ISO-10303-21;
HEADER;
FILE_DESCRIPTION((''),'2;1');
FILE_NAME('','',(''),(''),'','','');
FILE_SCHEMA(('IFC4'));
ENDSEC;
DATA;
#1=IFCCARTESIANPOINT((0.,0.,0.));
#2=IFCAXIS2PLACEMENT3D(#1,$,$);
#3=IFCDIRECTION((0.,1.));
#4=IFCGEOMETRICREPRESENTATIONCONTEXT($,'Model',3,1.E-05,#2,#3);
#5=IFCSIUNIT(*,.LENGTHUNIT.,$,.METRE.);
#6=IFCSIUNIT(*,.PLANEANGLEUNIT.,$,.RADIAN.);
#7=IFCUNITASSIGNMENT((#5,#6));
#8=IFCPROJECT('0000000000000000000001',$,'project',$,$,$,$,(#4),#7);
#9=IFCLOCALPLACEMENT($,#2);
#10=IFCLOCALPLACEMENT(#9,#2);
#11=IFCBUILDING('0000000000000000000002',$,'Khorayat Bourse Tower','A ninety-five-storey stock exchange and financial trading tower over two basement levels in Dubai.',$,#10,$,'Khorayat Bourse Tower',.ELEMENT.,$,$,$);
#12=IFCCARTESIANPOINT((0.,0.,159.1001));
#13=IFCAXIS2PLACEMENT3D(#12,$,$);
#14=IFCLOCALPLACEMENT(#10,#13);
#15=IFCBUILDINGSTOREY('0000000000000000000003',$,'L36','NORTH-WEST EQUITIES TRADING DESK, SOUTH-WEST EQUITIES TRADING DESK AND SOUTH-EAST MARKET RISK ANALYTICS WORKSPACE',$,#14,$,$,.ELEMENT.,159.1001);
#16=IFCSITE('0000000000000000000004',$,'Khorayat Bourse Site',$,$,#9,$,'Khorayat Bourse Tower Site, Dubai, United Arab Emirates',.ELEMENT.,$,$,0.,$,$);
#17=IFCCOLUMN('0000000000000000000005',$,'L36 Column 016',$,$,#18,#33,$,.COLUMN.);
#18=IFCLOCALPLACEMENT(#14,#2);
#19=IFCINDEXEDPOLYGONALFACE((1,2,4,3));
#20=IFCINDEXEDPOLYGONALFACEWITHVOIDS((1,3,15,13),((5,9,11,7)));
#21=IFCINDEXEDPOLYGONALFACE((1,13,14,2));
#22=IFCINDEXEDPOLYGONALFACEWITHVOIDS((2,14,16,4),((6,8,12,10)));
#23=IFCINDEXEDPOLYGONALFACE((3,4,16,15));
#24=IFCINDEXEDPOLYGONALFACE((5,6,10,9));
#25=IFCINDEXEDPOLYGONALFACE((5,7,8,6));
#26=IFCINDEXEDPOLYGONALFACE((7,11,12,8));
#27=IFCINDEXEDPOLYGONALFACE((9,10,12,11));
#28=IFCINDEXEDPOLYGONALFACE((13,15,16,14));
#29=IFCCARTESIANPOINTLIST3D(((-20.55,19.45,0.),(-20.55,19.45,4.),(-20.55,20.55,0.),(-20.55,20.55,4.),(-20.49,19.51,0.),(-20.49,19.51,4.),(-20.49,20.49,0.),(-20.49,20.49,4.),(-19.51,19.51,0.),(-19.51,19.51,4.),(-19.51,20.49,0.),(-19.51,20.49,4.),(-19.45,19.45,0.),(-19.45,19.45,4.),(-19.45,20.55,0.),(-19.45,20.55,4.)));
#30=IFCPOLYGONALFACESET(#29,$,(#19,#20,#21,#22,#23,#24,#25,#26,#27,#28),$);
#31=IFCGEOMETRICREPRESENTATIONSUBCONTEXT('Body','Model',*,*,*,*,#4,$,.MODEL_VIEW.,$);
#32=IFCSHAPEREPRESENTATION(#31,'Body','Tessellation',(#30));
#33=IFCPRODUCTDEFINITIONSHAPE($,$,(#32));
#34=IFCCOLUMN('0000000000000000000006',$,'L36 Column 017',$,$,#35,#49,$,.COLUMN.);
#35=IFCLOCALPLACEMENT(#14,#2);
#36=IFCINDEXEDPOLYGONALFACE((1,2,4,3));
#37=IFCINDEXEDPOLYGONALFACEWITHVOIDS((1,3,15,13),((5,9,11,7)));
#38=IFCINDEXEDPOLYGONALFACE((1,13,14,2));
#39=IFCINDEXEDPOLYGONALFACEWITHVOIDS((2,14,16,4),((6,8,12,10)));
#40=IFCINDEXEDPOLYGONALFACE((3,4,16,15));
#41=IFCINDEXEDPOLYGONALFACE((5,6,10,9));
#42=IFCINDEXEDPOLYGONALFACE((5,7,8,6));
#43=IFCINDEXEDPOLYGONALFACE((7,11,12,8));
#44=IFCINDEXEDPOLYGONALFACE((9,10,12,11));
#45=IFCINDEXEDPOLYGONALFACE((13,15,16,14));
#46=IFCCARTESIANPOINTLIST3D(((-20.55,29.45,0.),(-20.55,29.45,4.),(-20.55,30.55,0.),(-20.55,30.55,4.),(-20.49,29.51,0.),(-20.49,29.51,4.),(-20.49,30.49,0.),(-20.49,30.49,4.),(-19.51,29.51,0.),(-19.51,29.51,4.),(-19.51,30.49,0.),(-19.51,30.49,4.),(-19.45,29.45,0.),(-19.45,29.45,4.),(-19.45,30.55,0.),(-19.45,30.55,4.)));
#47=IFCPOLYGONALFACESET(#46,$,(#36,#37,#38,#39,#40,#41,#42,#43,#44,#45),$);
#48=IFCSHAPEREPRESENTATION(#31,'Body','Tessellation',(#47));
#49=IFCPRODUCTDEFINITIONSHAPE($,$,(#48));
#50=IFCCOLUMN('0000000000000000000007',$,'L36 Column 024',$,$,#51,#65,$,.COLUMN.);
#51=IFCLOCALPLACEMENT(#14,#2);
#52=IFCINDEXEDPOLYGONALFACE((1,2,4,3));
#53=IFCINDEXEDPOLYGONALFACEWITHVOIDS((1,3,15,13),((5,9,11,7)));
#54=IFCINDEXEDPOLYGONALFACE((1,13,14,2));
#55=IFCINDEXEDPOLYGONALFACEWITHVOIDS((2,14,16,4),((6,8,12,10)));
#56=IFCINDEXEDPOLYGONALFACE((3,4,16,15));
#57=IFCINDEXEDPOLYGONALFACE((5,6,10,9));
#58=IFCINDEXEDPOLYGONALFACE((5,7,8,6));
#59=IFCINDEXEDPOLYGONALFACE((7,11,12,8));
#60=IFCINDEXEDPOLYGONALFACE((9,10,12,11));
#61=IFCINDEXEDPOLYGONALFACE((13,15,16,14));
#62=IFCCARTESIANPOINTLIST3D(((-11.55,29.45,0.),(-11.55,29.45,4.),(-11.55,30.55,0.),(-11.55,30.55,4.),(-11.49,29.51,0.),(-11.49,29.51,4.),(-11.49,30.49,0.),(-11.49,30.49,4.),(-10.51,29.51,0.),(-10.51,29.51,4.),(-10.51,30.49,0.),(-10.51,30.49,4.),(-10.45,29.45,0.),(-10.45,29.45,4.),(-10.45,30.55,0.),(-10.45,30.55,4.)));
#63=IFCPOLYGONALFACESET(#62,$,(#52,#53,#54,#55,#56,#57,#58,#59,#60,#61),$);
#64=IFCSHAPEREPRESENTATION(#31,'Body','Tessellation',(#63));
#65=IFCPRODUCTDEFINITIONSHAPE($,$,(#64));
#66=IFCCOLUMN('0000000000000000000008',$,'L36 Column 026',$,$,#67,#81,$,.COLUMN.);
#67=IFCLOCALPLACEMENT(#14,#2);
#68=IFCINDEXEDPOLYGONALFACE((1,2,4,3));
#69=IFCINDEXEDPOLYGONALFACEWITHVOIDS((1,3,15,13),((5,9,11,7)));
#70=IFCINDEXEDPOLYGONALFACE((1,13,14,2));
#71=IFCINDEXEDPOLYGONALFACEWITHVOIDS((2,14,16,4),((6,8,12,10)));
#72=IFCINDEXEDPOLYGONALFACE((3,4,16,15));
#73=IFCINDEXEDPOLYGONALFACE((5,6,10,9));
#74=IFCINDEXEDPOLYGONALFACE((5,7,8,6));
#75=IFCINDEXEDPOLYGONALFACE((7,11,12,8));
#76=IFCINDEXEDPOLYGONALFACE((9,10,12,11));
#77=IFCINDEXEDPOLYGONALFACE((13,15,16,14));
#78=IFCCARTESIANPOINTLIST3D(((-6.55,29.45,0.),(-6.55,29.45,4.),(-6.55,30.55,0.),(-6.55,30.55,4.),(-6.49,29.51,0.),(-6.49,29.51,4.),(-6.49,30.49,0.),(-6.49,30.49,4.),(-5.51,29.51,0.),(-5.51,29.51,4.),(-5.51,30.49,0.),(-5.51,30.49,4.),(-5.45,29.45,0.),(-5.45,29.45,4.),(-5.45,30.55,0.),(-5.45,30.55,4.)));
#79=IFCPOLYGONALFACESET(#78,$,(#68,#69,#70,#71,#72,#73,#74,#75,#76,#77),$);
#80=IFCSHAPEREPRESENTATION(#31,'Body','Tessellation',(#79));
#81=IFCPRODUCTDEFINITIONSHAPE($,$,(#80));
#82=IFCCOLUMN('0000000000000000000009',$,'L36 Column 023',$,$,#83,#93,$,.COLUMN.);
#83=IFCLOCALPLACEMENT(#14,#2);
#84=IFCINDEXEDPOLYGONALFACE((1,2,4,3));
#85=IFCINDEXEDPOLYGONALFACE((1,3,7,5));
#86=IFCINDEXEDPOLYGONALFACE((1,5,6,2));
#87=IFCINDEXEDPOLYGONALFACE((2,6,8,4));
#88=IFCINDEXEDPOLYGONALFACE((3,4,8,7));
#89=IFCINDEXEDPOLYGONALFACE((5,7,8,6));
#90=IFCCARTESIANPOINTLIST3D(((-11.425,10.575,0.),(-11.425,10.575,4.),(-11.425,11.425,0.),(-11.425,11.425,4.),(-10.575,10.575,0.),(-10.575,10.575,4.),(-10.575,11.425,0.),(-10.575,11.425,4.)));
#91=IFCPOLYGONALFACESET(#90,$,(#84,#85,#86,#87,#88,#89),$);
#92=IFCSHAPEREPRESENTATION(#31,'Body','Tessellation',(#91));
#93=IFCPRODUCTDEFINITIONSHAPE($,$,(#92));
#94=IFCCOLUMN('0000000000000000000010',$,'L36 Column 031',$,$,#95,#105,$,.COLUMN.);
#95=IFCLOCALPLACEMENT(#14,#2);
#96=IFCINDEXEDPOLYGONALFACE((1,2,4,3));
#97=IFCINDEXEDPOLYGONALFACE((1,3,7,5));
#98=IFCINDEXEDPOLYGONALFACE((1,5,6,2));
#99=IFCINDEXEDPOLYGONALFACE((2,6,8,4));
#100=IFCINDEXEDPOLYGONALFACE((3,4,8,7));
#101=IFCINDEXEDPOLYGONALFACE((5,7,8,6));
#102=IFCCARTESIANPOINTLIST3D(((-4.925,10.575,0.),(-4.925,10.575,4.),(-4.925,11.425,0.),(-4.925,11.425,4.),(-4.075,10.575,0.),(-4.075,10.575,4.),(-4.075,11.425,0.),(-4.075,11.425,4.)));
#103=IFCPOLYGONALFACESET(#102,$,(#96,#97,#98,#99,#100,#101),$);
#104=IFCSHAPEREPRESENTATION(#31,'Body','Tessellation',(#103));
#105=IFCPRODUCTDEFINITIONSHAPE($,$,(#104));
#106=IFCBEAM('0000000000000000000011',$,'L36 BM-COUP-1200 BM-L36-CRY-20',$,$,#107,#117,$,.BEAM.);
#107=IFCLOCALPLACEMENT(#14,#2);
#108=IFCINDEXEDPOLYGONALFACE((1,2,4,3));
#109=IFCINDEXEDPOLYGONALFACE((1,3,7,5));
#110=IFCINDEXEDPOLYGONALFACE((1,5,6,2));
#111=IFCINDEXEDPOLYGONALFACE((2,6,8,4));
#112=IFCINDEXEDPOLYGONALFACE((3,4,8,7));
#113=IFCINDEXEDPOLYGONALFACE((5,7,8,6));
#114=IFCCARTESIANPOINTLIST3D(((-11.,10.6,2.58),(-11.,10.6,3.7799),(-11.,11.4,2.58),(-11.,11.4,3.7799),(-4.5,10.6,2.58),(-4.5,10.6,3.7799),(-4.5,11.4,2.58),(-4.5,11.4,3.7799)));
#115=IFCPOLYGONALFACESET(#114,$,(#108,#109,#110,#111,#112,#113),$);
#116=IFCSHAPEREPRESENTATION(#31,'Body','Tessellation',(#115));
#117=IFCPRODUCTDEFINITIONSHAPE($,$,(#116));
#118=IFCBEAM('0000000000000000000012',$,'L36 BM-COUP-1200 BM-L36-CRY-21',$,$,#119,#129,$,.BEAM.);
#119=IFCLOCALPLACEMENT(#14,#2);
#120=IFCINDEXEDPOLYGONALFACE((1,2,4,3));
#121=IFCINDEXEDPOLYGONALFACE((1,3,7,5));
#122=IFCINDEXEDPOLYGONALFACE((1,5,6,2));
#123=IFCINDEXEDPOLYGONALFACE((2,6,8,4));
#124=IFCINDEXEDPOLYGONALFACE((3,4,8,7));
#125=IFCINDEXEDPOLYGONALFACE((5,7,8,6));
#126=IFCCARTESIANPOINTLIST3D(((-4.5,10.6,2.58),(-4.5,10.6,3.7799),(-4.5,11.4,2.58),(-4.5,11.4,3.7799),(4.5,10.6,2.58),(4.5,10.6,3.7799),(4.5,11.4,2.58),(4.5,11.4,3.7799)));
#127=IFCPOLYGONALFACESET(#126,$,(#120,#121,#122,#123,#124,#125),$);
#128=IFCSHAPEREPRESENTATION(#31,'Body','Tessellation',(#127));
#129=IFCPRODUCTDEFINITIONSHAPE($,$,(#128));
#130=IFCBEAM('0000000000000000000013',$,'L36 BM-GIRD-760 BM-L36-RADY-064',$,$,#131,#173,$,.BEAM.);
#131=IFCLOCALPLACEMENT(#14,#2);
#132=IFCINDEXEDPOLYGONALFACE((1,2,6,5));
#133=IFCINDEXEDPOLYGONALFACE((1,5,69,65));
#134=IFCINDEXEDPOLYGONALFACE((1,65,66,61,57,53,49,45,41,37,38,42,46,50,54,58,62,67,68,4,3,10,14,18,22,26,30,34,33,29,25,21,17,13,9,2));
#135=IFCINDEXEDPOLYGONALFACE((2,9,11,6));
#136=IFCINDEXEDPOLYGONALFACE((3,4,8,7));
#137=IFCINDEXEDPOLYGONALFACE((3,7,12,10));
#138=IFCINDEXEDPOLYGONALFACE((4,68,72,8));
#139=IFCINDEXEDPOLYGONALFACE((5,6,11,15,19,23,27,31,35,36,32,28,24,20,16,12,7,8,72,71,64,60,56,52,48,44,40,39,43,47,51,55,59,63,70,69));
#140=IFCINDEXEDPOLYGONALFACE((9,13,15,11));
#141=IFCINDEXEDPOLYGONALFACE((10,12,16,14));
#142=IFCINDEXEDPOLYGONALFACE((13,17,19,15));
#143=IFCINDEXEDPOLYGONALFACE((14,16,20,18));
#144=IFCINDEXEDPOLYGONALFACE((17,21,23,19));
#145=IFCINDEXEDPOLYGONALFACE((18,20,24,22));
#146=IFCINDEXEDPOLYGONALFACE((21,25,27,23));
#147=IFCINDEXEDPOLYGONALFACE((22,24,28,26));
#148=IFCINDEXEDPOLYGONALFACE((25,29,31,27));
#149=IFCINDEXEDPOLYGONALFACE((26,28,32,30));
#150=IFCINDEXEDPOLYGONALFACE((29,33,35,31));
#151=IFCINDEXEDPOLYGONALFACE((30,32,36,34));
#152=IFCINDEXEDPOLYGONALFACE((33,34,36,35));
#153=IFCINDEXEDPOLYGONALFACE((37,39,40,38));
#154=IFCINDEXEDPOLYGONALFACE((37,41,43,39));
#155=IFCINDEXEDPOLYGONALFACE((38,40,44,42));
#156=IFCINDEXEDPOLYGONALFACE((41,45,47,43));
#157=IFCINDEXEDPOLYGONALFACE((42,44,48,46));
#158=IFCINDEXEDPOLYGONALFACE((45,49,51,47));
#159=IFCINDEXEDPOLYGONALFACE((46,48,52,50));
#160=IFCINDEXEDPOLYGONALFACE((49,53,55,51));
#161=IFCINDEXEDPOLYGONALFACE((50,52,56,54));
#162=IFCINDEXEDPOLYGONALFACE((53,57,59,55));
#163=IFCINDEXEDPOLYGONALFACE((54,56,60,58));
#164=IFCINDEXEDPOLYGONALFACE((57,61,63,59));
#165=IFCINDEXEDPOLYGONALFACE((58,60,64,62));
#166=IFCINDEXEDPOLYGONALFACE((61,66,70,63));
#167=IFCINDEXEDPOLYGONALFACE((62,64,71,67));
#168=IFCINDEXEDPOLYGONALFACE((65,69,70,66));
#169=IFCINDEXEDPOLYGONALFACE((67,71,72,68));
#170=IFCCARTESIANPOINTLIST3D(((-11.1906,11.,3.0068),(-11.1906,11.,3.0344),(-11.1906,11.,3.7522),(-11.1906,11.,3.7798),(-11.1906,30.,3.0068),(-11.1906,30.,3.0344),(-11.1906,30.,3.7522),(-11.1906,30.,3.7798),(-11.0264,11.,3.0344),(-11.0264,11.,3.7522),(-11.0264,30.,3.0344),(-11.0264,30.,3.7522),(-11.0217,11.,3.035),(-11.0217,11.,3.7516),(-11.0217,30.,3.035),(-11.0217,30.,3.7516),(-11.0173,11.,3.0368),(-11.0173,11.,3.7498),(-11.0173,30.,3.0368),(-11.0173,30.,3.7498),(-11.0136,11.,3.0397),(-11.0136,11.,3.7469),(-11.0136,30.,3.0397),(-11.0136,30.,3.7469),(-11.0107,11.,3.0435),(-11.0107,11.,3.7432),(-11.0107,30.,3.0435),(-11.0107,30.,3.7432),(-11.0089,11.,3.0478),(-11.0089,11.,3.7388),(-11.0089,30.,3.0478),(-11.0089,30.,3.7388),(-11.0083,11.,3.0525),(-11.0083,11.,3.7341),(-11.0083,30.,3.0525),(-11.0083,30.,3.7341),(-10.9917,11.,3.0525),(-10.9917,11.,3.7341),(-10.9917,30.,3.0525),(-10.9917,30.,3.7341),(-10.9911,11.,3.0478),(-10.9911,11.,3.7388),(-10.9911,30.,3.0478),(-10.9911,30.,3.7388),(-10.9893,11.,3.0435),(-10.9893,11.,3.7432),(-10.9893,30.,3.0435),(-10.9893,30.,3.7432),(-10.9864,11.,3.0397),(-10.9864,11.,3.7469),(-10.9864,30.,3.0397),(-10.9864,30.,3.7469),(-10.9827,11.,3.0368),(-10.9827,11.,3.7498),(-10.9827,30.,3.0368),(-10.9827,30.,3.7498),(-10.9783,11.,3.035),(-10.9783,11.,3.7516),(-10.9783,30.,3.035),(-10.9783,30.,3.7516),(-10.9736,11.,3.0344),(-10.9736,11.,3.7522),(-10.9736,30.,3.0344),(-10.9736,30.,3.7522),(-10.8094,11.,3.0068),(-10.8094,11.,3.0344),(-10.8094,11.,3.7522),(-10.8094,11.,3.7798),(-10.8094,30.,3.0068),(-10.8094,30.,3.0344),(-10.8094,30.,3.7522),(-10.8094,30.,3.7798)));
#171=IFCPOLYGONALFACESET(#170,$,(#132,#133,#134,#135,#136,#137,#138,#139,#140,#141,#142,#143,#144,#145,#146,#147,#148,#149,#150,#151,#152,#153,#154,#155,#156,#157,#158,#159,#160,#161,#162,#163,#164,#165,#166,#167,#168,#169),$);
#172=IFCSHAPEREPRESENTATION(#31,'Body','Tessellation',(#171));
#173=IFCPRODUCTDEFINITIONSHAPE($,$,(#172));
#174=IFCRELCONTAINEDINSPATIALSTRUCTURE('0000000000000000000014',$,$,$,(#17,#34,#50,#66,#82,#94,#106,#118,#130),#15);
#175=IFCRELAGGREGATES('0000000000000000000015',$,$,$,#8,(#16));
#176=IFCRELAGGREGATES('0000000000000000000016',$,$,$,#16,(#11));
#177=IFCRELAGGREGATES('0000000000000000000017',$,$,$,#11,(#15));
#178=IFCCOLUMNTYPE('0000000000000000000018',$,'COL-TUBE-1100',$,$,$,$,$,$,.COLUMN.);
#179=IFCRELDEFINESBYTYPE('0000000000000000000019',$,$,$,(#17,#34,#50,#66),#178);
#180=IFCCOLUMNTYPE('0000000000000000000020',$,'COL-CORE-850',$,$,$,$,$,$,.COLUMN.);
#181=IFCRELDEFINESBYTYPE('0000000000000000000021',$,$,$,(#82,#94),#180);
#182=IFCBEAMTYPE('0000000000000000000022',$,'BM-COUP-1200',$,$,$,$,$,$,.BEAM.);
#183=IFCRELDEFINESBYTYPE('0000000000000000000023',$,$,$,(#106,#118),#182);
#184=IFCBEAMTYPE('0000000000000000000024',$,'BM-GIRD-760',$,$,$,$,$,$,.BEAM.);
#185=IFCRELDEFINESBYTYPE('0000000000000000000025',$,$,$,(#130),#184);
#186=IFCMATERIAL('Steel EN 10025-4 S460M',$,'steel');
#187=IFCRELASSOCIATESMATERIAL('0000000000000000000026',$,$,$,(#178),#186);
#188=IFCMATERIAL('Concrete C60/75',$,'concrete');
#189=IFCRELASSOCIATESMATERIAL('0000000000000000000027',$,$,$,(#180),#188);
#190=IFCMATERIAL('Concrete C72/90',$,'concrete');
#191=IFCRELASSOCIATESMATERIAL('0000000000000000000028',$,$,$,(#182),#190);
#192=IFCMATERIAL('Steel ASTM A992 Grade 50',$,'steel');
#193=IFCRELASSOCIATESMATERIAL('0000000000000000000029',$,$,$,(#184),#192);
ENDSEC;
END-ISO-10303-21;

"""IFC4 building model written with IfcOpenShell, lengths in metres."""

from ifc_helpers import new_model, si_unit, direction, frame, origin, origin_2d, place, context, subcontext, project, spatial, rectangle, hollow_rectangle, i_section, extrude, source, transform, mapped, material, material_profile, profile_set, type_object, element, save


model = new_model("IFC4")

# Units and contexts
model_context = context("Model", 3, precision=1e-05, world=origin(), true_north=direction((0.0, 1.0)))
body_context = subcontext(model_context, "Body", "Model", "MODEL_VIEW")
ifc_project = project(units=[si_unit("LENGTHUNIT", "METRE"), si_unit("PLANEANGLEUNIT", "RADIAN")], contexts=[model_context])

# Site, building, storey
site_placement = place(None, origin())
site = spatial("IfcSite", under=ifc_project, at=site_placement, Name="Khorayat Bourse Site", LongName="Khorayat Bourse Tower Site, Dubai, United Arab Emirates", CompositionType="ELEMENT", RefElevation=0.0)
building_placement = place(site_placement, origin())
building = spatial("IfcBuilding", under=site, at=building_placement, Name="Khorayat Bourse Tower", Description="A ninety-five-storey stock exchange and financial trading tower over two basement levels in Dubai.", LongName="Khorayat Bourse Tower", CompositionType="ELEMENT")
storey_placement = place(building_placement, frame((0.0, 0.0, 159.1001)))
storey = spatial("IfcBuildingStorey", under=building, at=storey_placement, Name="L36", Description="NORTH-WEST EQUITIES TRADING DESK, SOUTH-WEST EQUITIES TRADING DESK AND SOUTH-EAST MARKET RISK ANALYTICS WORKSPACE", CompositionType="ELEMENT", Elevation=159.1001)

# Columns
ifc_material_1 = material(Name="Steel EN 10025-4 S460M", Category="steel")
ifc_material_profile_1 = material_profile(ifc_material_1, hollow_rectangle(XDim=1.1001, YDim=1.1001, WallThickness=0.0601, at=origin_2d()), Name="BOX 1100x1100x60")
ifc_profile_set_1 = profile_set([ifc_material_profile_1], Name="Steel EN 10025-4 S460M")
column_type_1 = type_object("IfcColumnType", Name="COL-TUBE-1100", PredefinedType="COLUMN", material=ifc_profile_set_1)
shared_shape_1 = source(origin(), body_context, "Body", "SweptSolid", [
    extrude(hollow_rectangle(XDim=1.1001, YDim=1.1001, WallThickness=0.0601, at=origin_2d()), origin(), (0.0, 0.0, 1.0), 4.0),
])
for number, where, z_axis, x_axis, name in (
    (1, (-20.0, 20.0, 0.0), (0.0, 0.0, 1.0), (1.0, 0.0, 0.0), "L36 Column 016"),
    (2, (-20.0, 30.0, 0.0), (0.0, 0.0, 1.0), (1.0, 0.0, 0.0), "L36 Column 017"),
    (3, (-11.0, 30.0, 0.0), (0.0, 0.0, 1.0), (1.0, 0.0, 0.0), "L36 Column 024"),
    (4, (-6.0, 30.0, 0.0), (0.0, 0.0, 1.0), (1.0, 0.0, 0.0), "L36 Column 026"),
):
    element("IfcColumn", number, at=place(storey_placement, frame(where, z_axis=z_axis, x_axis=x_axis)), inside=storey, type_object=column_type_1, Name=name, PredefinedType="COLUMN", context=body_context, shape_type="MappedRepresentation", body=[
        mapped(shared_shape_1, transform((0.0, 0.0, 0.0), scale=1.0)),
    ])
ifc_material_2 = material(Name="Concrete C60/75", Category="concrete")
ifc_material_profile_2 = material_profile(ifc_material_2, rectangle(XDim=0.8501, YDim=0.8501, at=origin_2d()), Name="RC 850x850")
ifc_profile_set_2 = profile_set([ifc_material_profile_2], Name="Concrete C60/75")
column_type_2 = type_object("IfcColumnType", Name="COL-CORE-850", PredefinedType="COLUMN", material=ifc_profile_set_2)
shared_shape_2 = source(origin(), body_context, "Body", "SweptSolid", [
    extrude(rectangle(XDim=0.8501, YDim=0.8501, at=origin_2d()), origin(), (0.0, 0.0, 1.0), 4.0),
])
for number, where, z_axis, x_axis, name in (
    (5, (-11.0, 11.0, 0.0), (0.0, 0.0, 1.0), (1.0, 0.0, 0.0), "L36 Column 023"),
    (6, (-4.5, 11.0, 0.0), (0.0, 0.0, 1.0), (1.0, 0.0, 0.0), "L36 Column 031"),
):
    element("IfcColumn", number, at=place(storey_placement, frame(where, z_axis=z_axis, x_axis=x_axis)), inside=storey, type_object=column_type_2, Name=name, PredefinedType="COLUMN", context=body_context, shape_type="MappedRepresentation", body=[
        mapped(shared_shape_2, transform((0.0, 0.0, 0.0), scale=1.0)),
    ])

# Beams
ifc_material_3 = material(Name="Concrete C72/90", Category="concrete")
ifc_material_profile_3 = material_profile(ifc_material_3, rectangle(XDim=0.8, YDim=1.2, at=origin_2d()), Name="RC 800x1200")
ifc_profile_set_3 = profile_set([ifc_material_profile_3], Name="Concrete C72/90")
beam_type_1 = type_object("IfcBeamType", Name="BM-COUP-1200", PredefinedType="BEAM", material=ifc_profile_set_3)
shared_shape_3 = source(origin(), body_context, "Body", "SweptSolid", [
    extrude(rectangle(XDim=0.8, YDim=1.2, at=origin_2d()), origin(), (0.0, 0.0, 1.0), 6.5),
])
beam_1_placement = place(storey_placement, frame((-11.0, 11.0, 3.1799), z_axis=(1.0, 0.0, 0.0), x_axis=(0.0, 1.0, 0.0)))
element("IfcBeam", 7, at=beam_1_placement, inside=storey, type_object=beam_type_1, Name="L36 BM-COUP-1200 BM-L36-CRY-20", PredefinedType="BEAM", context=body_context, shape_type="MappedRepresentation", body=[
    mapped(shared_shape_3, transform((0.0, 0.0, 0.0), scale=1.0)),
])
shared_shape_4 = source(origin(), body_context, "Body", "SweptSolid", [
    extrude(rectangle(XDim=0.8, YDim=1.2, at=origin_2d()), origin(), (0.0, 0.0, 1.0), 9.0),
])
beam_2_placement = place(storey_placement, frame((-4.5, 11.0, 3.1799), z_axis=(1.0, 0.0, 0.0), x_axis=(0.0, 1.0, 0.0)))
element("IfcBeam", 8, at=beam_2_placement, inside=storey, type_object=beam_type_1, Name="L36 BM-COUP-1200 BM-L36-CRY-21", PredefinedType="BEAM", context=body_context, shape_type="MappedRepresentation", body=[
    mapped(shared_shape_4, transform((0.0, 0.0, 0.0), scale=1.0)),
])
ifc_material_4 = material(Name="Steel ASTM A992 Grade 50", Category="steel")
ifc_material_profile_4 = material_profile(ifc_material_4, i_section(OverallWidth=0.3811, OverallDepth=0.7729, WebThickness=0.0166, FlangeThickness=0.0276, FilletRadius=0.0181, at=origin_2d()), Name="W760X257")
ifc_profile_set_4 = profile_set([ifc_material_profile_4], Name="Steel ASTM A992 Grade 50")
beam_type_2 = type_object("IfcBeamType", Name="BM-GIRD-760", PredefinedType="BEAM", material=ifc_profile_set_4)
shared_shape_5 = source(origin(), body_context, "Body", "SweptSolid", [
    extrude(i_section(OverallWidth=0.3811, OverallDepth=0.7729, WebThickness=0.0166, FlangeThickness=0.0276, FilletRadius=0.0181, at=origin_2d()), origin(), (0.0, 0.0, 1.0), 19.0),
])
for number, where, z_axis, x_axis, name in (
    (9, (-11.0, 11.0, 3.3933), (0.0, 1.0, 0.0), (-1.0, 0.0, 0.0), "L36 BM-GIRD-760 BM-L36-RADY-064"),
):
    element("IfcBeam", number, at=place(storey_placement, frame(where, z_axis=z_axis, x_axis=x_axis)), inside=storey, type_object=beam_type_2, Name=name, PredefinedType="BEAM", context=body_context, shape_type="MappedRepresentation", body=[
        mapped(shared_shape_5, transform((0.0, 0.0, 0.0), scale=1.0)),
    ])

save(model, "model.ifc")
